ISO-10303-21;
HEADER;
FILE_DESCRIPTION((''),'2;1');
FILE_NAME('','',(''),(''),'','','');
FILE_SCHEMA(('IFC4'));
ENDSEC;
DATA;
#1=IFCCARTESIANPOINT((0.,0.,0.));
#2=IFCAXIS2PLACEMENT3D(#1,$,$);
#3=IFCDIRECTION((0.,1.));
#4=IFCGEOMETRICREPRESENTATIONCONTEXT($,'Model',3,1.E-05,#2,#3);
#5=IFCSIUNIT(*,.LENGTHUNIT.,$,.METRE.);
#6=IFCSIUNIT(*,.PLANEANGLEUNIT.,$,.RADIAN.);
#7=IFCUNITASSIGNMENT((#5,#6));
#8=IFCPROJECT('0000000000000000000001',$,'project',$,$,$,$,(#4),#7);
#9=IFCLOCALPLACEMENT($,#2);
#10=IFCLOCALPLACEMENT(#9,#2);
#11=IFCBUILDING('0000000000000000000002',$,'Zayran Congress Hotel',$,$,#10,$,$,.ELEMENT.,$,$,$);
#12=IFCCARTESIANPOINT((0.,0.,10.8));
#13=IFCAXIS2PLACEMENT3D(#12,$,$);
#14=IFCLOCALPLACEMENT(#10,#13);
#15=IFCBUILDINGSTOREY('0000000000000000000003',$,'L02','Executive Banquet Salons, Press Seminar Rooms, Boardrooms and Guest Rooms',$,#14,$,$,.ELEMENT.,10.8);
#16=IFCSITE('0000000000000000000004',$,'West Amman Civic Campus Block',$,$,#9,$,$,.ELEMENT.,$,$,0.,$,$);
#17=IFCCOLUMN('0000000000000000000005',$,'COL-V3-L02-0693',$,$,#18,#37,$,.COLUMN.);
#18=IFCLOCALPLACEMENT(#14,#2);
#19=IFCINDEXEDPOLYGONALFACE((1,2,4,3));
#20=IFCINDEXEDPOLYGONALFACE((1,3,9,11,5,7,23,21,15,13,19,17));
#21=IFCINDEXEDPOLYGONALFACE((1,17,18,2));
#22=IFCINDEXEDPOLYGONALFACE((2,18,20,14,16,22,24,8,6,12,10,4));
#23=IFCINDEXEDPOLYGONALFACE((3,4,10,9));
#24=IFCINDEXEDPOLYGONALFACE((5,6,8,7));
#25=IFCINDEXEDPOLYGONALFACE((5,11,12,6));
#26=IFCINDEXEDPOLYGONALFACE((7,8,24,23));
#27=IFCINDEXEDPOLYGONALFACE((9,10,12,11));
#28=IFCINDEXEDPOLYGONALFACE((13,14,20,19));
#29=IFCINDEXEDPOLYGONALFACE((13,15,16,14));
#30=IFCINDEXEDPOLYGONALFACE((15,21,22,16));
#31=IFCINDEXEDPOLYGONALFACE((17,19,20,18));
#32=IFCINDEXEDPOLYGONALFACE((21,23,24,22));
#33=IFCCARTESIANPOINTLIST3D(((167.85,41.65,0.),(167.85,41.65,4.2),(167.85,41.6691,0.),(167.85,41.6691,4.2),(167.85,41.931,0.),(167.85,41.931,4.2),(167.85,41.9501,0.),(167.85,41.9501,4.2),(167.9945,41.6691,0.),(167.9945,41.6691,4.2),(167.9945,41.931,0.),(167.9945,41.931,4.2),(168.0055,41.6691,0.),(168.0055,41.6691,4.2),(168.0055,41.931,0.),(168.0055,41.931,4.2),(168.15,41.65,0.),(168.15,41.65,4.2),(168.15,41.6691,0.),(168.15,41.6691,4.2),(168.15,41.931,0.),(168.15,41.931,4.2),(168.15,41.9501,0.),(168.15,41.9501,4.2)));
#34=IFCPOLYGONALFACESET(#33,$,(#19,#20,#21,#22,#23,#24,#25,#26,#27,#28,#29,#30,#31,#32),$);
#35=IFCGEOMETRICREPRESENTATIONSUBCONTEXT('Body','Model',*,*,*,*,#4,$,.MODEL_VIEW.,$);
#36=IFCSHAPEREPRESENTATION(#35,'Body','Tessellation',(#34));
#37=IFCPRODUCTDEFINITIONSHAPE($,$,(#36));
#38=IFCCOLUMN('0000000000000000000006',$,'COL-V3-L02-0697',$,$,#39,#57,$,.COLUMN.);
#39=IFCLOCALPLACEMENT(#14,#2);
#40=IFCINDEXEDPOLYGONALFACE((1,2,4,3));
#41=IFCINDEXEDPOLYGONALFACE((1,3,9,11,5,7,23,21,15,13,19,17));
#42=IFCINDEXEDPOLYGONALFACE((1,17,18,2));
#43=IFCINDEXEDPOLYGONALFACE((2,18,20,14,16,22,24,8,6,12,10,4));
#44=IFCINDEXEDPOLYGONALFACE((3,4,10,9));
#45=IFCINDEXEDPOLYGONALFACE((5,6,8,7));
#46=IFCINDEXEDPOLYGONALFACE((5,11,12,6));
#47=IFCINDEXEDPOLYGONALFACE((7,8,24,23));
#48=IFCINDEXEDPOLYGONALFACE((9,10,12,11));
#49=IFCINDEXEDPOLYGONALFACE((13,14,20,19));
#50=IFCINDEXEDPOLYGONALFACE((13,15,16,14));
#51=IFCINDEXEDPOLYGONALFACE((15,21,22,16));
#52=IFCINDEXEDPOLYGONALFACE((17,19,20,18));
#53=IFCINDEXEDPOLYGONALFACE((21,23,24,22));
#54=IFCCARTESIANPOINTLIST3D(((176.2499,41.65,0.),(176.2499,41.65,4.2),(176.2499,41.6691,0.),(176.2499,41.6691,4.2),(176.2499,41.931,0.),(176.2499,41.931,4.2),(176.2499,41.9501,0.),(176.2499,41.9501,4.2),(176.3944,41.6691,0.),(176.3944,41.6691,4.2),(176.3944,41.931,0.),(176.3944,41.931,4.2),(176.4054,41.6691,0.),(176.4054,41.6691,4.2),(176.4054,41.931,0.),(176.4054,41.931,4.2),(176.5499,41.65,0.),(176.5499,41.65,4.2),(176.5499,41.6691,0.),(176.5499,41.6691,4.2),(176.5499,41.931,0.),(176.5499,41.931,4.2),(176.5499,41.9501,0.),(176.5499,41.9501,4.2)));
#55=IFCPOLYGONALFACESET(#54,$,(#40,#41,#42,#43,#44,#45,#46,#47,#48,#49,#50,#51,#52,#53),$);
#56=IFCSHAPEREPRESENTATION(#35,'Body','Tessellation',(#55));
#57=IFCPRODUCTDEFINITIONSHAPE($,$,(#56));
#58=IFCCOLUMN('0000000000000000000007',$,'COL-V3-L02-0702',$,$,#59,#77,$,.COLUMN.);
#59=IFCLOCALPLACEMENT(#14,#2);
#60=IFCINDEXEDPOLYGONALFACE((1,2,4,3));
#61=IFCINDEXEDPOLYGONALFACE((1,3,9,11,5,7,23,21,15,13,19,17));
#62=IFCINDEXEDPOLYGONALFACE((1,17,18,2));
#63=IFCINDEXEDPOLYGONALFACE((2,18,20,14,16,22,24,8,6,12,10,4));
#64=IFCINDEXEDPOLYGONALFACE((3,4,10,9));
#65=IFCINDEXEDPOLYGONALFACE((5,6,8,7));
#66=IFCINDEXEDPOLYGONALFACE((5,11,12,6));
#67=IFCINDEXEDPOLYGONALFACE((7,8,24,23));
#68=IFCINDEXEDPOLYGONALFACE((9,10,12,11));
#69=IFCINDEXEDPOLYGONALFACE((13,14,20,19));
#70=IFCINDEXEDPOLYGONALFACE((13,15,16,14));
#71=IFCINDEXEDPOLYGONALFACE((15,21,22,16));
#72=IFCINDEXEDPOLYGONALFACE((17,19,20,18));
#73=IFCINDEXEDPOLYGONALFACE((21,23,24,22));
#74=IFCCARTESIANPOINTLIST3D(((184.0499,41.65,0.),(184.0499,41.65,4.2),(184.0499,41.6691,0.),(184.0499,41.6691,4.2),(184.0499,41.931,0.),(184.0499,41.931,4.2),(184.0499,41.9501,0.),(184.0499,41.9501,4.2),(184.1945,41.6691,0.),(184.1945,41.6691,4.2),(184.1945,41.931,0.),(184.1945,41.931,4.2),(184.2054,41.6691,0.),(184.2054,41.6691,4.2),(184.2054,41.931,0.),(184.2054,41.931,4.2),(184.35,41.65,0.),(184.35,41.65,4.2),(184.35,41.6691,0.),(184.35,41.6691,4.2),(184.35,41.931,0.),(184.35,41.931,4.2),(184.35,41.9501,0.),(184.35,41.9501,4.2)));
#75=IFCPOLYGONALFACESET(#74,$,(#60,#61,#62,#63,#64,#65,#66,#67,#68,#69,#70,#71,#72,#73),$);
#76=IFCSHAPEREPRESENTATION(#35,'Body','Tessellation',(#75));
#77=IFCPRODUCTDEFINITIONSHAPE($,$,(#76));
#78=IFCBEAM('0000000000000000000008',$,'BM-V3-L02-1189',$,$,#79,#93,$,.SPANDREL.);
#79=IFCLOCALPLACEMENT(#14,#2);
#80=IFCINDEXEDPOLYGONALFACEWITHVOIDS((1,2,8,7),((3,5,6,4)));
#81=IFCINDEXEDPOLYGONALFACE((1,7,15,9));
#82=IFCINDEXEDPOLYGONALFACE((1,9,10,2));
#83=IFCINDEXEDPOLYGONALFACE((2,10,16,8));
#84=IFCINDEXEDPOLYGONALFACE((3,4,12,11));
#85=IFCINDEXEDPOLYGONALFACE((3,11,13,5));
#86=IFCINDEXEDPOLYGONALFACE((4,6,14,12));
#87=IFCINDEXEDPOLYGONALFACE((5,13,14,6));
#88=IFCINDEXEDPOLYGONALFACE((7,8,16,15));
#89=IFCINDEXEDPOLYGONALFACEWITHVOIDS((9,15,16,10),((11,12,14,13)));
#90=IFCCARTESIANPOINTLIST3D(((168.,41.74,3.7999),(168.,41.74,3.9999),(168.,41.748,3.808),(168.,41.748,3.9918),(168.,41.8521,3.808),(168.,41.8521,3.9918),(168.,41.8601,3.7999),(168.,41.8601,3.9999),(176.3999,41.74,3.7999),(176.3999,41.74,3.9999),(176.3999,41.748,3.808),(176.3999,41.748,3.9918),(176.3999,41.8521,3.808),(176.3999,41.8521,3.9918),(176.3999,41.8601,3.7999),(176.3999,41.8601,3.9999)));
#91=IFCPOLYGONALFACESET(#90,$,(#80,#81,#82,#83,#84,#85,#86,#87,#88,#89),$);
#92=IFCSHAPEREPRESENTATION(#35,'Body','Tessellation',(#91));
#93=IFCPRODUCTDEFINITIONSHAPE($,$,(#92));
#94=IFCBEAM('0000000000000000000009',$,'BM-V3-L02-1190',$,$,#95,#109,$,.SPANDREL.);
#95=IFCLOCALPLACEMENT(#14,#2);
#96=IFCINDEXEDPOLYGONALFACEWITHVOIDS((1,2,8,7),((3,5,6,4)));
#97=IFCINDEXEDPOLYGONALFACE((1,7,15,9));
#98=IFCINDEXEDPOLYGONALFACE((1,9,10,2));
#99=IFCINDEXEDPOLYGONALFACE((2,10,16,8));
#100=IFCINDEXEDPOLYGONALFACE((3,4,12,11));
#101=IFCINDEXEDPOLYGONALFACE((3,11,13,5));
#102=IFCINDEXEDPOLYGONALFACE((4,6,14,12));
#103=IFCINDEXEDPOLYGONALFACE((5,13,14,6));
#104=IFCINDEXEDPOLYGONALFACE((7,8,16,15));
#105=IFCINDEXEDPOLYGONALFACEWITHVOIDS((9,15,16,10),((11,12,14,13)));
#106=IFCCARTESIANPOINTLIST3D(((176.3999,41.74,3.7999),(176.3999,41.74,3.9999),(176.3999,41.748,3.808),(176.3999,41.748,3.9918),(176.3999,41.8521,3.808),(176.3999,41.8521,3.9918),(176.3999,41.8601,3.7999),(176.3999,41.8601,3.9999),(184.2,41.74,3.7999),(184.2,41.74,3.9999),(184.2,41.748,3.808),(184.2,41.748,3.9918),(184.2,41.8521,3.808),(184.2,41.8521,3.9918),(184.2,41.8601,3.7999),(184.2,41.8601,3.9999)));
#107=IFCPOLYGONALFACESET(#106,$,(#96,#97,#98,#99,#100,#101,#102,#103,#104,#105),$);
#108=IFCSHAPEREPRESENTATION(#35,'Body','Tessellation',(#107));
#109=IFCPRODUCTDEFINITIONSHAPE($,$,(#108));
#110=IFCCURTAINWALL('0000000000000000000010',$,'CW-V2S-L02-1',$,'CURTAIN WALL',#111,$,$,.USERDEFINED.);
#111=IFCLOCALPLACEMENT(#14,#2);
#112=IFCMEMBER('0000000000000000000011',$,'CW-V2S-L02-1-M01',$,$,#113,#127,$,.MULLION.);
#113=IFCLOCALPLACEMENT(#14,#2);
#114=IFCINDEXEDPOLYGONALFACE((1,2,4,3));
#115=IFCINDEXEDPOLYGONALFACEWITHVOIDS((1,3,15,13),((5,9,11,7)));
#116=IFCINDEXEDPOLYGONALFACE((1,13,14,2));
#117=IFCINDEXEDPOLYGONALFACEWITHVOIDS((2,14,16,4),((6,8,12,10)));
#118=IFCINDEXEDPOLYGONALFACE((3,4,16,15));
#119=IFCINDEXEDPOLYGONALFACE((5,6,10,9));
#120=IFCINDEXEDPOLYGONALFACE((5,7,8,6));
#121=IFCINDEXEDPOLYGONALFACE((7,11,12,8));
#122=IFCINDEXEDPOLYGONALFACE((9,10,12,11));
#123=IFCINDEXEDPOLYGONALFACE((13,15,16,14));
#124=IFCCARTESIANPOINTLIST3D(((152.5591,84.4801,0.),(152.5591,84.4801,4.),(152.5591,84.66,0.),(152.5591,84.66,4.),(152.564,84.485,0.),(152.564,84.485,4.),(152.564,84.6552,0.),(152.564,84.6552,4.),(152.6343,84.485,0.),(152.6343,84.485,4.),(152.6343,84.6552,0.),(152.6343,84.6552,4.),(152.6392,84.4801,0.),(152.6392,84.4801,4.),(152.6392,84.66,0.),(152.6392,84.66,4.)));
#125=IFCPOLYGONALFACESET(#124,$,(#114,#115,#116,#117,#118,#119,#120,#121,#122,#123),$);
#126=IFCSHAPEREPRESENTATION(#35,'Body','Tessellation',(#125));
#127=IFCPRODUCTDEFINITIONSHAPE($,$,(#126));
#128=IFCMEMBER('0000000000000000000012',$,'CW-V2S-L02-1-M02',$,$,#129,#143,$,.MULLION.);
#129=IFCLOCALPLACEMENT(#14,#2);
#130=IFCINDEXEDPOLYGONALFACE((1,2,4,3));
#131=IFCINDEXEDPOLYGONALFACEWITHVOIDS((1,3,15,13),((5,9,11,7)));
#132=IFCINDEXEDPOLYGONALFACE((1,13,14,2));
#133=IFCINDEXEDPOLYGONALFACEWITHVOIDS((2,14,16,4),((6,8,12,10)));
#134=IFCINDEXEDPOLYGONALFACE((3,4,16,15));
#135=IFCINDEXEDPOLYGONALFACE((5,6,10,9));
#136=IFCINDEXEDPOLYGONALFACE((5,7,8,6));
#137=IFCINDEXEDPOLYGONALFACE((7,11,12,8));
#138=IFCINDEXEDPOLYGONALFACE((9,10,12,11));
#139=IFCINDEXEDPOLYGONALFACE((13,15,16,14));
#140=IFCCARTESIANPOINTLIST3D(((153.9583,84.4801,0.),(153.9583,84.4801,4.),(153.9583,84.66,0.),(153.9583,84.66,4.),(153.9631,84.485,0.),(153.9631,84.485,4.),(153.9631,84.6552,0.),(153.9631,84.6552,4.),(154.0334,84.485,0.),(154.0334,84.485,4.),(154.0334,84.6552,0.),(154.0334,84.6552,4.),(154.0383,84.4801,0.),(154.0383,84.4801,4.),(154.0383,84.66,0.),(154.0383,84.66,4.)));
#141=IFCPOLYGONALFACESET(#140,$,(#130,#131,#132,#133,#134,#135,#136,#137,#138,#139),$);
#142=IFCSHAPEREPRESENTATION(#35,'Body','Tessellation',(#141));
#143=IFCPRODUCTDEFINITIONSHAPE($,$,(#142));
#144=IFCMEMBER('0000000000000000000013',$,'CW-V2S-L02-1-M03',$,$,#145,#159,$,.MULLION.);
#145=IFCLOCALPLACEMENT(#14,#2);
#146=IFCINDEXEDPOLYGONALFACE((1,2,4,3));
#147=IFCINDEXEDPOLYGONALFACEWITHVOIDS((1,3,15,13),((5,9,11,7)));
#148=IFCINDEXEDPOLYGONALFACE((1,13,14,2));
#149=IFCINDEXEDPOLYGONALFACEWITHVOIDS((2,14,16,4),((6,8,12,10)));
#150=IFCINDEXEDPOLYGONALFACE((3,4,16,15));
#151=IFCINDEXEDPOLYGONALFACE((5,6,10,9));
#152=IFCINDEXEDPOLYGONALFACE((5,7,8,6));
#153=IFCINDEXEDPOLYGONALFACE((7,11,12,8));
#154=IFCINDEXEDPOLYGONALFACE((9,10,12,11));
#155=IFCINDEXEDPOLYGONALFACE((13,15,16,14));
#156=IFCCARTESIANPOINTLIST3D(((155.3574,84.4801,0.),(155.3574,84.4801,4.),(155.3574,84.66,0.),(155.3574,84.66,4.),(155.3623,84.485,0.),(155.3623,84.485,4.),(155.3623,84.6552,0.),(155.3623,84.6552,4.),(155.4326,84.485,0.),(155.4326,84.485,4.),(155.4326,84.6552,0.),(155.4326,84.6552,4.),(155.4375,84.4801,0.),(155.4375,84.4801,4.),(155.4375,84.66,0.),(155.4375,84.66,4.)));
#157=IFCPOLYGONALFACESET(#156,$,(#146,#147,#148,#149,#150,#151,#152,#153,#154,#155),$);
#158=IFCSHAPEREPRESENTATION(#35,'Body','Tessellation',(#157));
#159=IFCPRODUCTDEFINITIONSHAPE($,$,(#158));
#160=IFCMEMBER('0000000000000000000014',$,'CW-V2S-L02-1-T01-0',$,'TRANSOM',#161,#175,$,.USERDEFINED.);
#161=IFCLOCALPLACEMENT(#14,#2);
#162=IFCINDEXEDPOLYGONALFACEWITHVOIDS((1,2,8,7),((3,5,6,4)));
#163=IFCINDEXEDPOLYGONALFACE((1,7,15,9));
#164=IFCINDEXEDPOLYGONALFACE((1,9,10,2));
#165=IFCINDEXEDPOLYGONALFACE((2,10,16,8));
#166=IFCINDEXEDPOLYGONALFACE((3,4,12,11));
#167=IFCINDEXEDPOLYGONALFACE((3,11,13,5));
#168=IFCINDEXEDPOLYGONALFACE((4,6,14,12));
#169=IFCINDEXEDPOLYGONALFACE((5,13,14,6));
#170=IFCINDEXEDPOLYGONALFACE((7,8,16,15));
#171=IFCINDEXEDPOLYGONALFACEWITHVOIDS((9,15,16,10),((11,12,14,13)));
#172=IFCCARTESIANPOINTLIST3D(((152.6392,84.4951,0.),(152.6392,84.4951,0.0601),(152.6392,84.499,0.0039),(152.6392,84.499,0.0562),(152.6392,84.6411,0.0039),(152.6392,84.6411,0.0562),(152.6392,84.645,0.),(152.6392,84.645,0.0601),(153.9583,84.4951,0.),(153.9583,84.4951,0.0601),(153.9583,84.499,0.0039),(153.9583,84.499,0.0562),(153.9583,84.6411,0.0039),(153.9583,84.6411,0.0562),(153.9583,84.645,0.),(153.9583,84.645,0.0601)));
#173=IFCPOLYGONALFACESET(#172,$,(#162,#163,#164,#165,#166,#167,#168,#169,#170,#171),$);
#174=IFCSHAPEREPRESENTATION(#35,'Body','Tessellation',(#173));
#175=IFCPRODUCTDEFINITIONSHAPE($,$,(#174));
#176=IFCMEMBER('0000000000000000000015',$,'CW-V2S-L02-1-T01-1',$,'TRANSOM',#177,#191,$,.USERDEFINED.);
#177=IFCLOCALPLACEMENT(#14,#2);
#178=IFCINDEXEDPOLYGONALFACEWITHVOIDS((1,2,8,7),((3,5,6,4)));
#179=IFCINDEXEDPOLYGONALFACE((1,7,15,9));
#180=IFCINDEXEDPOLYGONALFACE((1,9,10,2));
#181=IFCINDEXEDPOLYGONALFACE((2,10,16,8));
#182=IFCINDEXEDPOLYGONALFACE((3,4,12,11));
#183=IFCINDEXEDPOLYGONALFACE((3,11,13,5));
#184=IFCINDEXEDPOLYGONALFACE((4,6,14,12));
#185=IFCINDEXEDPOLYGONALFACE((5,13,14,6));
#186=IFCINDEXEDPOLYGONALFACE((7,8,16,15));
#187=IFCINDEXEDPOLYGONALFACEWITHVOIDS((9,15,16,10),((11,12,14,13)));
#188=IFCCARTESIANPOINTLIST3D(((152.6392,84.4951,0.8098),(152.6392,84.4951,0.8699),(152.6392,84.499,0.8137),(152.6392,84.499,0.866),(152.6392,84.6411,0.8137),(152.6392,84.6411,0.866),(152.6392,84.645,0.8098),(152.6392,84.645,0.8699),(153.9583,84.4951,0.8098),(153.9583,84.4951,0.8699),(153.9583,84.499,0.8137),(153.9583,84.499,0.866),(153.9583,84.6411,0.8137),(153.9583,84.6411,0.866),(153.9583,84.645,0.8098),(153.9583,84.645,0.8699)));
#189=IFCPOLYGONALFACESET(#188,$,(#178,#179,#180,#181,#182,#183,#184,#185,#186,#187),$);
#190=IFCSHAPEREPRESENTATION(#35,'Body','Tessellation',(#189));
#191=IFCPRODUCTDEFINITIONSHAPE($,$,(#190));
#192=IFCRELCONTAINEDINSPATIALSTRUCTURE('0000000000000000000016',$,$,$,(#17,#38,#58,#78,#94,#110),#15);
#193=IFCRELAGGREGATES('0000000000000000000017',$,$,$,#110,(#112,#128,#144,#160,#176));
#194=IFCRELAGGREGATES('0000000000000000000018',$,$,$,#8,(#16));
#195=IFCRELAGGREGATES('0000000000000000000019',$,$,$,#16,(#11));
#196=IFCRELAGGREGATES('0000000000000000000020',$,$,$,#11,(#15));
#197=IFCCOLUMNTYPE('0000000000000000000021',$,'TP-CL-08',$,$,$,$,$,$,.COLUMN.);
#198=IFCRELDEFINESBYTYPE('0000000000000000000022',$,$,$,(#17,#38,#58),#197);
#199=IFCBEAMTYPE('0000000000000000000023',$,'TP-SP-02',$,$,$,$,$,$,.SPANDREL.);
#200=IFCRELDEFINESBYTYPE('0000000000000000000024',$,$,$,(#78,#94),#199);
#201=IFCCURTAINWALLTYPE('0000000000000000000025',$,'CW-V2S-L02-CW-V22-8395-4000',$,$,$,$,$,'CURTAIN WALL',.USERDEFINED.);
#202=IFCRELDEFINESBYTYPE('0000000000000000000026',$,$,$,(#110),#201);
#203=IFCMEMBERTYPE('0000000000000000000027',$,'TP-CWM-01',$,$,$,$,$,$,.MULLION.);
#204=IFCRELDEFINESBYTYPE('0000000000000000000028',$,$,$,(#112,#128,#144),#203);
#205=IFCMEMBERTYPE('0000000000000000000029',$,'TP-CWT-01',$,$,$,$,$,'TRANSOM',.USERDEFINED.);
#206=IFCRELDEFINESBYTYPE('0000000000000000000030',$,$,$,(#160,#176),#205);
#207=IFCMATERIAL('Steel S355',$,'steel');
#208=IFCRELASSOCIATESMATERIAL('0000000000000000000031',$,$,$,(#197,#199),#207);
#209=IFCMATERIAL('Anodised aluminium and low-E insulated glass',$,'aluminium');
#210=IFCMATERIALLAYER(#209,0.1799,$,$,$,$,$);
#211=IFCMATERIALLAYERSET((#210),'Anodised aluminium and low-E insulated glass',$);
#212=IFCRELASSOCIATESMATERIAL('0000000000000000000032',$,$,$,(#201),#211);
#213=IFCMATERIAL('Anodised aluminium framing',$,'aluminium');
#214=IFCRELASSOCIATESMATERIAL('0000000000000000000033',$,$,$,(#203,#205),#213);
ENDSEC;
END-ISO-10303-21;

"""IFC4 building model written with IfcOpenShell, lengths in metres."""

from ifc_helpers import new_model, si_unit, direction, frame, origin, origin_2d, place, context, subcontext, project, spatial, hollow_rectangle, i_section, extrude, material, layer, layer_set, material_profile, profile_set, type_object, element, aggregate, save


model = new_model("IFC4")

# Units and contexts
model_context = context("Model", 3, precision=1e-05, world=origin(), true_north=direction((0.0, 1.0)))
body_context = subcontext(model_context, "Body", "Model", "MODEL_VIEW")
ifc_project = project(units=[si_unit("LENGTHUNIT", "METRE"), si_unit("PLANEANGLEUNIT", "RADIAN")], contexts=[model_context])

# Site, building, storey
site_placement = place(None, origin())
site = spatial("IfcSite", under=ifc_project, at=site_placement, Name="West Amman Civic Campus Block", CompositionType="ELEMENT", RefElevation=0.0)
building_placement = place(site_placement, origin())
building = spatial("IfcBuilding", under=site, at=building_placement, Name="Zayran Congress Hotel", CompositionType="ELEMENT")
storey_placement = place(building_placement, frame((0.0, 0.0, 10.8)))
storey = spatial("IfcBuildingStorey", under=building, at=storey_placement, Name="L02", Description="Executive Banquet Salons, Press Seminar Rooms, Boardrooms and Guest Rooms", CompositionType="ELEMENT", Elevation=10.8)

# Columns
ifc_material_1 = material(Name="Steel S355", Category="steel")
ifc_material_profile_1 = material_profile(ifc_material_1, i_section(OverallWidth=0.3, OverallDepth=0.3, WebThickness=0.011, FlangeThickness=0.019, at=origin_2d()), Name="HEB 300")
ifc_profile_set_1 = profile_set([ifc_material_profile_1], Name="Steel S355")
column_type = type_object("IfcColumnType", Name="TP-CL-08", PredefinedType="COLUMN", material=ifc_profile_set_1)
for number, where, z_axis, x_axis, name in (
    (1, (168.0, 41.8, 0.0), (0.0, 0.0, 1.0), (1.0, 0.0, 0.0), "COL-V3-L02-0693"),
    (2, (176.3999, 41.8, 0.0), (0.0, 0.0, 1.0), (1.0, 0.0, 0.0), "COL-V3-L02-0697"),
    (3, (184.2, 41.8, 0.0), (0.0, 0.0, 1.0), (1.0, 0.0, 0.0), "COL-V3-L02-0702"),
):
    element("IfcColumn", number, at=place(storey_placement, frame(where, z_axis=z_axis, x_axis=x_axis)), inside=storey, type_object=column_type, Name=name, PredefinedType="COLUMN", context=body_context, shape_type="SweptSolid", body=[
        extrude(i_section(OverallWidth=0.3, OverallDepth=0.3, WebThickness=0.011, FlangeThickness=0.019, at=origin_2d()), origin(), (0.0, 0.0, 1.0), 4.2),
    ])

# Beams
ifc_material_profile_2 = material_profile(ifc_material_1, hollow_rectangle(XDim=0.1201, YDim=0.2, WallThickness=0.0081, at=origin_2d()), Name="RHS 200x120x8")
ifc_profile_set_2 = profile_set([ifc_material_profile_2], Name="Steel S355")
beam_type = type_object("IfcBeamType", Name="TP-SP-02", PredefinedType="SPANDREL", material=ifc_profile_set_2)
beam_1_placement = place(storey_placement, frame((168.0, 41.8, 3.8999), z_axis=(1.0, 0.0, 0.0), x_axis=(0.0, 1.0, 0.0)))
element("IfcBeam", 4, at=beam_1_placement, inside=storey, type_object=beam_type, Name="BM-V3-L02-1189", PredefinedType="SPANDREL", context=body_context, shape_type="SweptSolid", body=[
    extrude(hollow_rectangle(XDim=0.1201, YDim=0.2, WallThickness=0.0081, at=origin_2d()), origin(), (0.0, 0.0, 1.0), 8.3999),
])
beam_2_placement = place(storey_placement, frame((176.3999, 41.8, 3.8999), z_axis=(1.0, 0.0, 0.0), x_axis=(0.0, 1.0, 0.0)))
element("IfcBeam", 5, at=beam_2_placement, inside=storey, type_object=beam_type, Name="BM-V3-L02-1190", PredefinedType="SPANDREL", context=body_context, shape_type="SweptSolid", body=[
    extrude(hollow_rectangle(XDim=0.1201, YDim=0.2, WallThickness=0.0081, at=origin_2d()), origin(), (0.0, 0.0, 1.0), 7.8),
])

# Curtain wall, members
ifc_material_2 = material(Name="Anodised aluminium and low-E insulated glass", Category="aluminium")
ifc_layer_1 = layer(ifc_material_2, 0.1799)
ifc_layer_set_1 = layer_set([ifc_layer_1], Name="Anodised aluminium and low-E insulated glass")
curtain_wall_type = type_object("IfcCurtainWallType", Name="CW-V2S-L02-CW-V22-8395-4000", ElementType="CURTAIN WALL", PredefinedType="USERDEFINED", material=ifc_layer_set_1)
curtain_wall_placement = place(storey_placement, origin())
curtain_wall = element("IfcCurtainWall", 6, at=curtain_wall_placement, inside=storey, type_object=curtain_wall_type, Name="CW-V2S-L02-1", ObjectType="CURTAIN WALL", PredefinedType="USERDEFINED")
ifc_material_3 = material(Name="Anodised aluminium framing", Category="aluminium")
ifc_material_profile_3 = material_profile(ifc_material_3, hollow_rectangle(XDim=0.0801, YDim=0.1799, WallThickness=0.0049, at=origin_2d()), Name="RHS 180x80x5")
ifc_profile_set_3 = profile_set([ifc_material_profile_3], Name="Anodised aluminium framing")
member_type_1 = type_object("IfcMemberType", Name="TP-CWM-01", PredefinedType="MULLION", material=ifc_profile_set_3)
member_1_placement = place(storey_placement, frame((152.5991, 84.5701, 0.0), z_axis=(0.0, 0.0, 1.0), x_axis=(1.0, 0.0, 0.0)))
member_1 = element("IfcMember", 7, at=member_1_placement, type_object=member_type_1, Name="CW-V2S-L02-1-M01", PredefinedType="MULLION", context=body_context, shape_type="SweptSolid", body=[
    extrude(hollow_rectangle(XDim=0.0801, YDim=0.1799, WallThickness=0.0049, at=origin_2d()), origin(), (0.0, 0.0, 1.0), 4.0),
])
member_2_placement = place(storey_placement, frame((153.9983, 84.5701, 0.0), z_axis=(0.0, 0.0, 1.0), x_axis=(1.0, 0.0, 0.0)))
member_2 = element("IfcMember", 8, at=member_2_placement, type_object=member_type_1, Name="CW-V2S-L02-1-M02", PredefinedType="MULLION", context=body_context, shape_type="SweptSolid", body=[
    extrude(hollow_rectangle(XDim=0.0801, YDim=0.1799, WallThickness=0.0049, at=origin_2d()), origin(), (0.0, 0.0, 1.0), 4.0),
])
member_3_placement = place(storey_placement, frame((155.3975, 84.5701, 0.0), z_axis=(0.0, 0.0, 1.0), x_axis=(1.0, 0.0, 0.0)))
member_3 = element("IfcMember", 9, at=member_3_placement, type_object=member_type_1, Name="CW-V2S-L02-1-M03", PredefinedType="MULLION", context=body_context, shape_type="SweptSolid", body=[
    extrude(hollow_rectangle(XDim=0.0801, YDim=0.1799, WallThickness=0.0049, at=origin_2d()), origin(), (0.0, 0.0, 1.0), 4.0),
])
ifc_material_profile_4 = material_profile(ifc_material_3, hollow_rectangle(XDim=0.0601, YDim=0.1499, WallThickness=0.0039, at=origin_2d()), Name="RHS 150x60x4")
ifc_profile_set_4 = profile_set([ifc_material_profile_4], Name="Anodised aluminium framing")
member_type_2 = type_object("IfcMemberType", Name="TP-CWT-01", ElementType="TRANSOM", PredefinedType="USERDEFINED", material=ifc_profile_set_4)
member_4_placement = place(storey_placement, frame((152.6392, 84.5701, 0.03), z_axis=(1.0, 0.0, 0.0), x_axis=(0.0, 0.0, 1.0)))
member_4 = element("IfcMember", 10, at=member_4_placement, type_object=member_type_2, Name="CW-V2S-L02-1-T01-0", ObjectType="TRANSOM", PredefinedType="USERDEFINED", context=body_context, shape_type="SweptSolid", body=[
    extrude(hollow_rectangle(XDim=0.0601, YDim=0.1499, WallThickness=0.0039, at=origin_2d()), origin(), (0.0, 0.0, 1.0), 1.3191),
])
member_5_placement = place(storey_placement, frame((152.6392, 84.5701, 0.8398), z_axis=(1.0, 0.0, 0.0), x_axis=(0.0, 0.0, 1.0)))
member_5 = element("IfcMember", 11, at=member_5_placement, type_object=member_type_2, Name="CW-V2S-L02-1-T01-1", ObjectType="TRANSOM", PredefinedType="USERDEFINED", context=body_context, shape_type="SweptSolid", body=[
    extrude(hollow_rectangle(XDim=0.0601, YDim=0.1499, WallThickness=0.0039, at=origin_2d()), origin(), (0.0, 0.0, 1.0), 1.3191),
])
aggregate(curtain_wall, [member_1, member_2, member_3, member_4, member_5])

save(model, "model.ifc")
